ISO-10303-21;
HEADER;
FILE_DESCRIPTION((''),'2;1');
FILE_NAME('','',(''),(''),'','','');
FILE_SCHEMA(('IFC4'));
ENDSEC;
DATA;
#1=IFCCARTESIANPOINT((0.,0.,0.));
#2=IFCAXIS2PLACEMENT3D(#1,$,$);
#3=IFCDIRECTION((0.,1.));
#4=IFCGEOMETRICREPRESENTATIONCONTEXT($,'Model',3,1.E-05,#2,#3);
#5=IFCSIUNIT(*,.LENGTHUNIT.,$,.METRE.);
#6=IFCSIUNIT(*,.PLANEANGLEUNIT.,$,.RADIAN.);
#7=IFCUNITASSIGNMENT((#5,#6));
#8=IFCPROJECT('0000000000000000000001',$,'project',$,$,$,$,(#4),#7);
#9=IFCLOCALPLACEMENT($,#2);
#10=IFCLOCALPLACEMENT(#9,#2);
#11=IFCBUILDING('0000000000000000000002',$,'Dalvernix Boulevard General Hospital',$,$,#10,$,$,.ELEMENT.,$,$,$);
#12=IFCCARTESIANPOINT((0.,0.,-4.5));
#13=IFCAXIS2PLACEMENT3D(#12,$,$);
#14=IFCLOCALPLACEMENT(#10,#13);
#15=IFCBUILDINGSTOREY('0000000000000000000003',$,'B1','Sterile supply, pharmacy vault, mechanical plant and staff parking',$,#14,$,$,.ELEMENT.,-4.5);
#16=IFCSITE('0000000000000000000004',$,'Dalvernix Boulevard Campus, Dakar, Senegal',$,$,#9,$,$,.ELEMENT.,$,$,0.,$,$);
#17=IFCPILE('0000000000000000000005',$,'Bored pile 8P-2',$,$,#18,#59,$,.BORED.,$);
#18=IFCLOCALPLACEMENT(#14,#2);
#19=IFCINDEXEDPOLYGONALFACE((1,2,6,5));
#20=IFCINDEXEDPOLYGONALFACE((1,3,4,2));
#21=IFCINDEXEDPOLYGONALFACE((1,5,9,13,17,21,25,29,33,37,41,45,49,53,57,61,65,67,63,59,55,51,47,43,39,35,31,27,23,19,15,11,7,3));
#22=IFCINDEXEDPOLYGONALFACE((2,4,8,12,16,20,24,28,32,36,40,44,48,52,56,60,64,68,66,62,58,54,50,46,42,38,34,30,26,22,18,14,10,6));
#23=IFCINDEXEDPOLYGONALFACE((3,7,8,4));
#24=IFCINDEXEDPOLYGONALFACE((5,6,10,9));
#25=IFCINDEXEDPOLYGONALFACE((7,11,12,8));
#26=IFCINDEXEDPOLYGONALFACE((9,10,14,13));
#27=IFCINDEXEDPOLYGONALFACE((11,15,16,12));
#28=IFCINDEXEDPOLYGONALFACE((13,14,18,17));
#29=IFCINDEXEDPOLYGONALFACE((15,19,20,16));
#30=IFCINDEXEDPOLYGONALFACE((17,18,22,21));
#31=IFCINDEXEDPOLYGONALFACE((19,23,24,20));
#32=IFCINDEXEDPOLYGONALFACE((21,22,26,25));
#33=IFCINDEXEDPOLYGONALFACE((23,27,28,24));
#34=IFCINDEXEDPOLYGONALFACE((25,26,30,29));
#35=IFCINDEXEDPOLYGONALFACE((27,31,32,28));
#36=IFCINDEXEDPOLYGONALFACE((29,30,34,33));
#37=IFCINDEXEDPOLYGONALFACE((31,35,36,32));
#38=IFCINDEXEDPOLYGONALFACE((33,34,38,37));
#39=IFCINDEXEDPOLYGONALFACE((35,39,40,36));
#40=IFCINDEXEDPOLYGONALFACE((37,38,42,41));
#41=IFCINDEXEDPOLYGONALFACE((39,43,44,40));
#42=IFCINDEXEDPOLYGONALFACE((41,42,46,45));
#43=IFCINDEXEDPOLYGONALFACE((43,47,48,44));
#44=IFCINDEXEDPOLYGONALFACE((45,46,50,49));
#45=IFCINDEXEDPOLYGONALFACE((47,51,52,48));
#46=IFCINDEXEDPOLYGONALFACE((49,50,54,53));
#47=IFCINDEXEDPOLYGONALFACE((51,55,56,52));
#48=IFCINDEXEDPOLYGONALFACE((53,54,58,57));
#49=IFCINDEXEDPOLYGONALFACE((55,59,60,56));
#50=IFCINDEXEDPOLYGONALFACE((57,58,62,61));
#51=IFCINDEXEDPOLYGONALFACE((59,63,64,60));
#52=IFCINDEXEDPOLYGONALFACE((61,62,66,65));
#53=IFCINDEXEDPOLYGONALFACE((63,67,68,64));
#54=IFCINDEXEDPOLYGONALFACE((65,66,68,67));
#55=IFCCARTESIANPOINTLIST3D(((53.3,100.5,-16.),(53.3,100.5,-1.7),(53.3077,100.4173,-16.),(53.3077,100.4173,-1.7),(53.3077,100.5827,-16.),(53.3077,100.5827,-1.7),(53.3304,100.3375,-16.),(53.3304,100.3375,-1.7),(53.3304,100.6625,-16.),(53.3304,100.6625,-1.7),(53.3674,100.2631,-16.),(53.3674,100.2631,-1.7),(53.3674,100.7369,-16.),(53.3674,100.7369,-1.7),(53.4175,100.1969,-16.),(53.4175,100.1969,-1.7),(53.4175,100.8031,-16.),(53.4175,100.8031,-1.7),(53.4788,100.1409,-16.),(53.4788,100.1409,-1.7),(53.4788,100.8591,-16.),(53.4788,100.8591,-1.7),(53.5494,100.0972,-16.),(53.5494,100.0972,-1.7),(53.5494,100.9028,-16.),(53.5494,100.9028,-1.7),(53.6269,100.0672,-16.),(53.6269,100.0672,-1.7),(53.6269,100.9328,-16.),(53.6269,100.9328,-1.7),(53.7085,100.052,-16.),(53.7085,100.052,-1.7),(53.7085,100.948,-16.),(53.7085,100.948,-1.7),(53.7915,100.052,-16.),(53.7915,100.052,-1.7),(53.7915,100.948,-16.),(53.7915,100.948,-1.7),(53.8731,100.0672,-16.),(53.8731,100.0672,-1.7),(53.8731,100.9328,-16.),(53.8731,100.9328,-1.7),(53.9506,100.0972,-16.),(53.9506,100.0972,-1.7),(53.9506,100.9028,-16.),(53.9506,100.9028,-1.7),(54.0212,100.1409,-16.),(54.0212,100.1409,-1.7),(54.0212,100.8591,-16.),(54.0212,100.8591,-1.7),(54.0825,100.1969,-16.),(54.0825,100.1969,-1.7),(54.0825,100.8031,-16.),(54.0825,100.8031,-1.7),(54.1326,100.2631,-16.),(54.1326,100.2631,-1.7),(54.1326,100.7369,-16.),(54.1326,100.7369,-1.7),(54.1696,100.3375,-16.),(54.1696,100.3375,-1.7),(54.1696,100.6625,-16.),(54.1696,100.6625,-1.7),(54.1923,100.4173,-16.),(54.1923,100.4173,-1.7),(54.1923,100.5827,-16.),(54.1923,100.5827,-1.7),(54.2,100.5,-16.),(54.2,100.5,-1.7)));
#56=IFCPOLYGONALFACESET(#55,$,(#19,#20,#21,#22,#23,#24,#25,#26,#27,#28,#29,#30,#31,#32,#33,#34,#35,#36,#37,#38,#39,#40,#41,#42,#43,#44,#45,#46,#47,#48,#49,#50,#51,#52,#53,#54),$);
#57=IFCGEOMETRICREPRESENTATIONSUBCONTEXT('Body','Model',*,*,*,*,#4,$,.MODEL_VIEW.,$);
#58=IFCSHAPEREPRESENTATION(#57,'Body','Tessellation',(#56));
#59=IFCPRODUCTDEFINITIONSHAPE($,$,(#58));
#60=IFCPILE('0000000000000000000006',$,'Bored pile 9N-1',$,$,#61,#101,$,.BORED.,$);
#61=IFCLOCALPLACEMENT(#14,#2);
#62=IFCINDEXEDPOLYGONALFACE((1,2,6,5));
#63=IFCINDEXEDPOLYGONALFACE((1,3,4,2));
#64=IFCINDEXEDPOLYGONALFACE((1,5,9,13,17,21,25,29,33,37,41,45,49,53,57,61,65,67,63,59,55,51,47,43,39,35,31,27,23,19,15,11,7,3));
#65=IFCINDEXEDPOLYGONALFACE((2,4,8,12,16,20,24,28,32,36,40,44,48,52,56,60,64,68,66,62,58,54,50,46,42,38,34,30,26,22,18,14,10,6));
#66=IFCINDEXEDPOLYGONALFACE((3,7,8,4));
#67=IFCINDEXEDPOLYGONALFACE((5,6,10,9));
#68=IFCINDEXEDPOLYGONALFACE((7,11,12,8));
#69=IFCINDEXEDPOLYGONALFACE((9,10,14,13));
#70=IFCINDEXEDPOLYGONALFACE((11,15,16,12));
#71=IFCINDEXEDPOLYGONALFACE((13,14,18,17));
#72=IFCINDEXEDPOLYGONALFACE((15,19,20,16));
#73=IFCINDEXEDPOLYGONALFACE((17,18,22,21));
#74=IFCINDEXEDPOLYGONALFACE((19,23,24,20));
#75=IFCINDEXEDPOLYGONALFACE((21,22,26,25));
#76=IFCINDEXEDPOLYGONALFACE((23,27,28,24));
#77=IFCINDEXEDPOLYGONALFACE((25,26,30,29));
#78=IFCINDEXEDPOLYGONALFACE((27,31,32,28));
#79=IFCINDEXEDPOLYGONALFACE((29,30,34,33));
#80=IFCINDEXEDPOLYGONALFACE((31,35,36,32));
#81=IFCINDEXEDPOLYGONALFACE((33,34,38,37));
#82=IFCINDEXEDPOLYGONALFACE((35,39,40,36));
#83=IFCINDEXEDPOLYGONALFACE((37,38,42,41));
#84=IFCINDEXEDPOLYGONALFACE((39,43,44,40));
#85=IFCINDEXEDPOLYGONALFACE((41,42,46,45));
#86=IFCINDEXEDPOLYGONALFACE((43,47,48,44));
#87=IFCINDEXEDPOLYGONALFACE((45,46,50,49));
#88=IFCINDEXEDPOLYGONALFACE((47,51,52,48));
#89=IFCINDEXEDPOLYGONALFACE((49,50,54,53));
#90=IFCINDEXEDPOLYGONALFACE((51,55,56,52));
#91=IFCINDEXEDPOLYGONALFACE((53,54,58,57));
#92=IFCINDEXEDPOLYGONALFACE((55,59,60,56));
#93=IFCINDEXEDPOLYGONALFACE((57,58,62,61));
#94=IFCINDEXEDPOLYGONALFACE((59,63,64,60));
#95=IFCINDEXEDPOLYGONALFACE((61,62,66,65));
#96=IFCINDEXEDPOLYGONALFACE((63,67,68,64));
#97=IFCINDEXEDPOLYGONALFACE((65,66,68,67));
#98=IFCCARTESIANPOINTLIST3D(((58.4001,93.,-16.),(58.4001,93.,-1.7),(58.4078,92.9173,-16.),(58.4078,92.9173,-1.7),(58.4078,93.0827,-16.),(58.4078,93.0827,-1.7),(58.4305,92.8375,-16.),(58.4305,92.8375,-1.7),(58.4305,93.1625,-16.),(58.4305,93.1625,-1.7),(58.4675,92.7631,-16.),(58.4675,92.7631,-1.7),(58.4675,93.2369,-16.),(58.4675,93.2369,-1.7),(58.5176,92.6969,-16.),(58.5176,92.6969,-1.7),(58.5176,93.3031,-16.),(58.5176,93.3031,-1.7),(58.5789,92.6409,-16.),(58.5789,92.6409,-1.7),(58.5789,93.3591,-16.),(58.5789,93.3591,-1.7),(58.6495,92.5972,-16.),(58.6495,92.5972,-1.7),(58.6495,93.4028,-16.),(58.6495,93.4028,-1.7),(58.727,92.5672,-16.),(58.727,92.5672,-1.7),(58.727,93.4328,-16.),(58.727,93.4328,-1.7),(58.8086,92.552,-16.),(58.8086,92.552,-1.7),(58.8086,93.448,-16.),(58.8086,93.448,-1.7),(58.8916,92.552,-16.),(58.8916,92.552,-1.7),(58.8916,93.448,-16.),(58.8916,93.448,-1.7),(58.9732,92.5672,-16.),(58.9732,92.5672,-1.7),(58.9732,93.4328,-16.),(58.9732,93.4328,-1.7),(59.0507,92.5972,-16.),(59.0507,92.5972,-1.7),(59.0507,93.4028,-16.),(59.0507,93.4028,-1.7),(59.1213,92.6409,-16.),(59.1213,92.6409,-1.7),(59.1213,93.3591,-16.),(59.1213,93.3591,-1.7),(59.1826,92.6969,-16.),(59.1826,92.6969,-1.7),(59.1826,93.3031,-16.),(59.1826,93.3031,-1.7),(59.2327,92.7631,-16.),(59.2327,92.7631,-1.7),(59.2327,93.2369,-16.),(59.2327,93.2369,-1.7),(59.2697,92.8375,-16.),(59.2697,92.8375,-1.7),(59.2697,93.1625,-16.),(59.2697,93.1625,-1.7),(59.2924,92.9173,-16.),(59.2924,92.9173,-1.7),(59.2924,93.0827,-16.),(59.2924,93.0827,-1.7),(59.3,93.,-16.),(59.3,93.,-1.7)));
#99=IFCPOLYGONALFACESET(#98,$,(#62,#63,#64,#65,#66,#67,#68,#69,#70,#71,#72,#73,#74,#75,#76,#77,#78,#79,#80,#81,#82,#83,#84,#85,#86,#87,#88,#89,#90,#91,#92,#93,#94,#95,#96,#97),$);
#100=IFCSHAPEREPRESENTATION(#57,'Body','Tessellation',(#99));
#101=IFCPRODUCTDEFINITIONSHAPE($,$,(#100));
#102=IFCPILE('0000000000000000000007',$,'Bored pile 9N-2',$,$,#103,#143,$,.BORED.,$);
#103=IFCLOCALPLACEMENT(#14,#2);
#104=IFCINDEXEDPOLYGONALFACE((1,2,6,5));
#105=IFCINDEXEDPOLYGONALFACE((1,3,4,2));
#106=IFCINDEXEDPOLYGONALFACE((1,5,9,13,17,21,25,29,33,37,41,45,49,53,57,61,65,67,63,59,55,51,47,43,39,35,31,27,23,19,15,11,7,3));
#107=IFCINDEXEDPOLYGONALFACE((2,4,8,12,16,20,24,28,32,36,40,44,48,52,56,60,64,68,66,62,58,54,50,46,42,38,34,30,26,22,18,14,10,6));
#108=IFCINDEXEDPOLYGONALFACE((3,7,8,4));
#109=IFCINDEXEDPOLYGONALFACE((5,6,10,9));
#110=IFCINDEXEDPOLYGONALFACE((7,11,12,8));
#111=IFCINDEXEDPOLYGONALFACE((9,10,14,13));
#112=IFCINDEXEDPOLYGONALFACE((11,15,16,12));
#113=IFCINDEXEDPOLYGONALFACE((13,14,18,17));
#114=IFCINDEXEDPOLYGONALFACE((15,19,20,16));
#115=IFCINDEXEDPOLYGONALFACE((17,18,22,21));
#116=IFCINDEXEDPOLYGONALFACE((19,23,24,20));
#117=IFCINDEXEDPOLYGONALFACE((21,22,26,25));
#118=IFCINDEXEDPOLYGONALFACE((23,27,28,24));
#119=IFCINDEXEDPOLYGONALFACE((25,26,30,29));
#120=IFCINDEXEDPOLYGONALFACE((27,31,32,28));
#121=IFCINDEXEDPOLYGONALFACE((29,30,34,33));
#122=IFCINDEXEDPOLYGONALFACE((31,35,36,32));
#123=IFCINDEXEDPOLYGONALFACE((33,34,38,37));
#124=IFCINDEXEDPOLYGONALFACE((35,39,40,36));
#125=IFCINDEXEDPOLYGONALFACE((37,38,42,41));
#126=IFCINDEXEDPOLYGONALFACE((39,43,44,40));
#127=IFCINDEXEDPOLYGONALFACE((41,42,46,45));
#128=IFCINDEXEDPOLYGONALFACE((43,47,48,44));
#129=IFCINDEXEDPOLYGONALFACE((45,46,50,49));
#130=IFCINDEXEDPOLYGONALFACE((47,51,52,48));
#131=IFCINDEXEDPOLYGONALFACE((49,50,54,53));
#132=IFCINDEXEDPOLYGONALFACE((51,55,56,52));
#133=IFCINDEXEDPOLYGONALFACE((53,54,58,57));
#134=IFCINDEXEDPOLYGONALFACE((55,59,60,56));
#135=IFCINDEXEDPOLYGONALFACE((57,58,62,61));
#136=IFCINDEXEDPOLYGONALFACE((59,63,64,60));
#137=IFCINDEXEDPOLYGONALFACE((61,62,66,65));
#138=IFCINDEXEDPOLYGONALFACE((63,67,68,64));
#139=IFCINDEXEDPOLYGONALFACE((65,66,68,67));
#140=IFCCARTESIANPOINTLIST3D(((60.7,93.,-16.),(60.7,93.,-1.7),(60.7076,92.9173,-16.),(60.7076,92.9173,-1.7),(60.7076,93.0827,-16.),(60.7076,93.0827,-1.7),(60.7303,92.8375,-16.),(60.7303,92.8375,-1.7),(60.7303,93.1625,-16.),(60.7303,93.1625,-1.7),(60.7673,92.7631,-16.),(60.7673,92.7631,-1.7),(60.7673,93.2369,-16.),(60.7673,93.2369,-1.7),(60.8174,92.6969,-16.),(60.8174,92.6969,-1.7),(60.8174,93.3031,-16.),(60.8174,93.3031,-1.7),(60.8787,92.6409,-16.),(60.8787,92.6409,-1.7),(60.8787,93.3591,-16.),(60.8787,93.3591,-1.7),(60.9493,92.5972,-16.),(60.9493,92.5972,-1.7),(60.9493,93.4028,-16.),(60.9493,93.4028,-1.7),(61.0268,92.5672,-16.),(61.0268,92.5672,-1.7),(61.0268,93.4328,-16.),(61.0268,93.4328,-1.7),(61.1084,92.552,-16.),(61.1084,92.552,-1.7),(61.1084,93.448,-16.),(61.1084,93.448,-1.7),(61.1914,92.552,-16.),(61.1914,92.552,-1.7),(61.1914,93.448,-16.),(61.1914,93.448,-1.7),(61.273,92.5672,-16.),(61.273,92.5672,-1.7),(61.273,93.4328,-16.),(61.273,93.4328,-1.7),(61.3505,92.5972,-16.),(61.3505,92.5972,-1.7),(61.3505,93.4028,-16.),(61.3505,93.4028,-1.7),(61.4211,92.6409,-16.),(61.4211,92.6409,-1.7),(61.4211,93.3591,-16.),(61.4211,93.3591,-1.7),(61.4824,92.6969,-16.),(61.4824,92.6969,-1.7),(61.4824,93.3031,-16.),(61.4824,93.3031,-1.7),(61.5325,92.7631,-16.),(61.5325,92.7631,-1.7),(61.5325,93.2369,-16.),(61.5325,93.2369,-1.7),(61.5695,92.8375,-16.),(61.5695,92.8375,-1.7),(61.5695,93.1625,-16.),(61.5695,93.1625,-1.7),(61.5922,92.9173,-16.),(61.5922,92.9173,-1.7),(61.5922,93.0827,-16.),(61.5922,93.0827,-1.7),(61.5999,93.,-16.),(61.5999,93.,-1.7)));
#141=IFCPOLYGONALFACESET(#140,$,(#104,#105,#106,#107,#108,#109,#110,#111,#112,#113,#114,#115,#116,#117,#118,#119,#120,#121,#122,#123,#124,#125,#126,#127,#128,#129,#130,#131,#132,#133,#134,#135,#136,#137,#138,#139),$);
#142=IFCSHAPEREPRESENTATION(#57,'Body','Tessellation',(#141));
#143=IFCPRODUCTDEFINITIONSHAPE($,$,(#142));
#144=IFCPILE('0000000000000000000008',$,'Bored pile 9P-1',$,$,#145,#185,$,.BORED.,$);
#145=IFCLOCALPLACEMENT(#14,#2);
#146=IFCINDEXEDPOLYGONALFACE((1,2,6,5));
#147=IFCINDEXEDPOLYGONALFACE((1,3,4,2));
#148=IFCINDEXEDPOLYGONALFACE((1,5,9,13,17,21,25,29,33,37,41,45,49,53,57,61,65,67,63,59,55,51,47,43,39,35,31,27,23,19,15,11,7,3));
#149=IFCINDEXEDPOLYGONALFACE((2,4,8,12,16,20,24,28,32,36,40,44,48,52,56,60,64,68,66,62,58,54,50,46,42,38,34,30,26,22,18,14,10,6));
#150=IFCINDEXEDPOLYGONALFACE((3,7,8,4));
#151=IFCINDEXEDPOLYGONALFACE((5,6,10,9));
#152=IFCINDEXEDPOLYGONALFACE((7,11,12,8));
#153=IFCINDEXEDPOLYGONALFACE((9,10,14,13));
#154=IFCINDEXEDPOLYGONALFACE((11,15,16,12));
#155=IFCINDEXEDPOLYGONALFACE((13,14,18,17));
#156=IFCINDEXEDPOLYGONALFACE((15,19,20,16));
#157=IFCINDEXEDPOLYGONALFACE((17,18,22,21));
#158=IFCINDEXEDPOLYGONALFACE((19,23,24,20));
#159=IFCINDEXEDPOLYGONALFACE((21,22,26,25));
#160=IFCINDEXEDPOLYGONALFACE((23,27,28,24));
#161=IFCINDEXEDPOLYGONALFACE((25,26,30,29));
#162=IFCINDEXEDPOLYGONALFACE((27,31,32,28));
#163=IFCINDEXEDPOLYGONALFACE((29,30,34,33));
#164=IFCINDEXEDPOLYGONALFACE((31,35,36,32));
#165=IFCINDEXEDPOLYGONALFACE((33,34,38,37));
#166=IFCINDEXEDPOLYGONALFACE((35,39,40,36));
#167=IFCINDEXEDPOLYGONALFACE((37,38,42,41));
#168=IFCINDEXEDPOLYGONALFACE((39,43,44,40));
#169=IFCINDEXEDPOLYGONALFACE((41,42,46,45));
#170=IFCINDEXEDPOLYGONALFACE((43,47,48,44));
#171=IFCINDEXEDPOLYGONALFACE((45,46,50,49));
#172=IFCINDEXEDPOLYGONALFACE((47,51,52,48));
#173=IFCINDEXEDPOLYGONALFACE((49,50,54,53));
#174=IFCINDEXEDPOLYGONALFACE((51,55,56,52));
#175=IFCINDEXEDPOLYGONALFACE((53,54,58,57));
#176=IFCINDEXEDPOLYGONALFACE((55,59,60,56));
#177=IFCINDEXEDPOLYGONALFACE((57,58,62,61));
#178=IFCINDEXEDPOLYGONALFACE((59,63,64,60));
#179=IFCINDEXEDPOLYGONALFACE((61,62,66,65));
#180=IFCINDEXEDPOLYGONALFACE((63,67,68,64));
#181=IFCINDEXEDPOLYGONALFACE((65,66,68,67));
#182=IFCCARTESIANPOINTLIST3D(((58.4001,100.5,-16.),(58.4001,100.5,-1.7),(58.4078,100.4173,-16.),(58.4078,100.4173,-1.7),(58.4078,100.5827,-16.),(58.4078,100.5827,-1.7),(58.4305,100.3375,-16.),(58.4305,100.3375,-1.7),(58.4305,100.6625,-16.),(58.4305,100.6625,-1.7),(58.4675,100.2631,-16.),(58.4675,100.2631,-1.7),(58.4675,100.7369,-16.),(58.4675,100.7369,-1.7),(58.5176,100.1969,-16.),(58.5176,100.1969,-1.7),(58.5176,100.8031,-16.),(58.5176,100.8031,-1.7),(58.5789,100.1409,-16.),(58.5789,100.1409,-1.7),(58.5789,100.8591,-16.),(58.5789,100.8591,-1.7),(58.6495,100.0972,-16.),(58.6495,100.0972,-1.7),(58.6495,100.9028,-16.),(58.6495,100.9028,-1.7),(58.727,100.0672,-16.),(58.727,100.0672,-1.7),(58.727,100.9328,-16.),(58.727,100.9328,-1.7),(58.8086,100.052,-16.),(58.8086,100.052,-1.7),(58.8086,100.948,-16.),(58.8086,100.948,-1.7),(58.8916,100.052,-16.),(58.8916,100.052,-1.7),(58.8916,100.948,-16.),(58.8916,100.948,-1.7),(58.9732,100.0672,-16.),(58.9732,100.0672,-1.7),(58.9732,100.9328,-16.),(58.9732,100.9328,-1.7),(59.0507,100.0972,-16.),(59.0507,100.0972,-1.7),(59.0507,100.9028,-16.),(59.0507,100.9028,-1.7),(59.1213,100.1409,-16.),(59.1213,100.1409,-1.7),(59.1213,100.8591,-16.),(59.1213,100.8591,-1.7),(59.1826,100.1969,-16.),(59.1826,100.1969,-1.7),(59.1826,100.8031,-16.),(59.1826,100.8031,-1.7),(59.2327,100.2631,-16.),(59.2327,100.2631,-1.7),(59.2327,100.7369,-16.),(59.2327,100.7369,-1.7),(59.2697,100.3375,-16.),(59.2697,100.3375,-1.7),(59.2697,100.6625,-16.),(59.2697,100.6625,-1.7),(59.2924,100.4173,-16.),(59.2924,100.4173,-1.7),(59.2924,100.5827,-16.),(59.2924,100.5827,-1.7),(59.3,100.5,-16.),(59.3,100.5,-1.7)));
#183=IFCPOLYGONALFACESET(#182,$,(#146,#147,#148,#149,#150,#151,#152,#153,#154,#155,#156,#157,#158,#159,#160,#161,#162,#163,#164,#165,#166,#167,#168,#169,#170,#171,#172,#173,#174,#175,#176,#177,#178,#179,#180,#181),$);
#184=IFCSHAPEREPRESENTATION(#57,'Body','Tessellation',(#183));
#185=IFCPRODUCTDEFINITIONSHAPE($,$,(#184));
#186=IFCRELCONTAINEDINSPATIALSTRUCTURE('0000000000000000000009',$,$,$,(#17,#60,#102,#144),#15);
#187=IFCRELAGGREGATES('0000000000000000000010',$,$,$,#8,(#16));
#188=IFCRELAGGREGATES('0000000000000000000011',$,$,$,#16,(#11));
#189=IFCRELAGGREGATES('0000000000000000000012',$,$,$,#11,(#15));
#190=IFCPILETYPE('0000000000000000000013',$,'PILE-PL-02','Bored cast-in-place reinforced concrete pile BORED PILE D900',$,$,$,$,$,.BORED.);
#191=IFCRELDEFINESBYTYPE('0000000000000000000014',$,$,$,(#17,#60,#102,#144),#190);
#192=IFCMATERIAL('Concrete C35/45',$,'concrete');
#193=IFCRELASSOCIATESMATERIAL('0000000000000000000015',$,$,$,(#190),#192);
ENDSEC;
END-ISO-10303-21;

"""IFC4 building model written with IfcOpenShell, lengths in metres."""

from ifc_helpers import new_model, si_unit, direction, frame, origin, origin_2d, place, context, subcontext, project, spatial, circle, extrude, material, material_profile, profile_set, type_object, element, save


model = new_model("IFC4")

# Units and contexts
model_context = context("Model", 3, precision=1e-05, world=origin(), true_north=direction((0.0, 1.0)))
body_context = subcontext(model_context, "Body", "Model", "MODEL_VIEW")
ifc_project = project(units=[si_unit("LENGTHUNIT", "METRE"), si_unit("PLANEANGLEUNIT", "RADIAN")], contexts=[model_context])

# Site, building, storey
site_placement = place(None, origin())
site = spatial("IfcSite", under=ifc_project, at=site_placement, Name="Dalvernix Boulevard Campus, Dakar, Senegal", CompositionType="ELEMENT", RefElevation=0.0)
building_placement = place(site_placement, origin())
building = spatial("IfcBuilding", under=site, at=building_placement, Name="Dalvernix Boulevard General Hospital", CompositionType="ELEMENT")
storey_placement = place(building_placement, frame((0.0, 0.0, -4.5)))
storey = spatial("IfcBuildingStorey", under=building, at=storey_placement, Name="B1", Description="Sterile supply, pharmacy vault, mechanical plant and staff parking", CompositionType="ELEMENT", Elevation=-4.5)

# Shared definitions
ifc_material_1 = material(Name="Concrete C35/45", Category="concrete")

# Piles
ifc_material_profile_1 = material_profile(ifc_material_1, circle(Radius=0.45, at=origin_2d()), Name="BORED PILE D900")
ifc_profile_set_1 = profile_set([ifc_material_profile_1], Name="Concrete C35/45")
pile_type_1 = type_object("IfcPileType", Name="PILE-PL-02", Description="Bored cast-in-place reinforced concrete pile BORED PILE D900", PredefinedType="BORED", material=ifc_profile_set_1)
for number, where, z_axis, x_axis, name in (
    (1, (53.75, 100.5, -1.7), (0.0, 0.0, -1.0), (1.0, 0.0, 0.0), "Bored pile 8P-2"),
    (2, (58.8501, 93.0, -1.7), (0.0, 0.0, -1.0), (1.0, 0.0, 0.0), "Bored pile 9N-1"),
    (3, (61.1499, 93.0, -1.7), (0.0, 0.0, -1.0), (1.0, 0.0, 0.0), "Bored pile 9N-2"),
    (4, (58.8501, 100.5, -1.7), (0.0, 0.0, -1.0), (1.0, 0.0, 0.0), "Bored pile 9P-1"),
):
    element("IfcPile", number, at=place(storey_placement, frame(where, z_axis=z_axis, x_axis=x_axis)), inside=storey, type_object=pile_type_1, Name=name, PredefinedType="BORED", context=body_context, shape_type="SweptSolid", body=[
        extrude(circle(Radius=0.45, at=origin_2d()), origin(), (0.0, 0.0, 1.0), 14.3),
    ])

save(model, "model.ifc")
